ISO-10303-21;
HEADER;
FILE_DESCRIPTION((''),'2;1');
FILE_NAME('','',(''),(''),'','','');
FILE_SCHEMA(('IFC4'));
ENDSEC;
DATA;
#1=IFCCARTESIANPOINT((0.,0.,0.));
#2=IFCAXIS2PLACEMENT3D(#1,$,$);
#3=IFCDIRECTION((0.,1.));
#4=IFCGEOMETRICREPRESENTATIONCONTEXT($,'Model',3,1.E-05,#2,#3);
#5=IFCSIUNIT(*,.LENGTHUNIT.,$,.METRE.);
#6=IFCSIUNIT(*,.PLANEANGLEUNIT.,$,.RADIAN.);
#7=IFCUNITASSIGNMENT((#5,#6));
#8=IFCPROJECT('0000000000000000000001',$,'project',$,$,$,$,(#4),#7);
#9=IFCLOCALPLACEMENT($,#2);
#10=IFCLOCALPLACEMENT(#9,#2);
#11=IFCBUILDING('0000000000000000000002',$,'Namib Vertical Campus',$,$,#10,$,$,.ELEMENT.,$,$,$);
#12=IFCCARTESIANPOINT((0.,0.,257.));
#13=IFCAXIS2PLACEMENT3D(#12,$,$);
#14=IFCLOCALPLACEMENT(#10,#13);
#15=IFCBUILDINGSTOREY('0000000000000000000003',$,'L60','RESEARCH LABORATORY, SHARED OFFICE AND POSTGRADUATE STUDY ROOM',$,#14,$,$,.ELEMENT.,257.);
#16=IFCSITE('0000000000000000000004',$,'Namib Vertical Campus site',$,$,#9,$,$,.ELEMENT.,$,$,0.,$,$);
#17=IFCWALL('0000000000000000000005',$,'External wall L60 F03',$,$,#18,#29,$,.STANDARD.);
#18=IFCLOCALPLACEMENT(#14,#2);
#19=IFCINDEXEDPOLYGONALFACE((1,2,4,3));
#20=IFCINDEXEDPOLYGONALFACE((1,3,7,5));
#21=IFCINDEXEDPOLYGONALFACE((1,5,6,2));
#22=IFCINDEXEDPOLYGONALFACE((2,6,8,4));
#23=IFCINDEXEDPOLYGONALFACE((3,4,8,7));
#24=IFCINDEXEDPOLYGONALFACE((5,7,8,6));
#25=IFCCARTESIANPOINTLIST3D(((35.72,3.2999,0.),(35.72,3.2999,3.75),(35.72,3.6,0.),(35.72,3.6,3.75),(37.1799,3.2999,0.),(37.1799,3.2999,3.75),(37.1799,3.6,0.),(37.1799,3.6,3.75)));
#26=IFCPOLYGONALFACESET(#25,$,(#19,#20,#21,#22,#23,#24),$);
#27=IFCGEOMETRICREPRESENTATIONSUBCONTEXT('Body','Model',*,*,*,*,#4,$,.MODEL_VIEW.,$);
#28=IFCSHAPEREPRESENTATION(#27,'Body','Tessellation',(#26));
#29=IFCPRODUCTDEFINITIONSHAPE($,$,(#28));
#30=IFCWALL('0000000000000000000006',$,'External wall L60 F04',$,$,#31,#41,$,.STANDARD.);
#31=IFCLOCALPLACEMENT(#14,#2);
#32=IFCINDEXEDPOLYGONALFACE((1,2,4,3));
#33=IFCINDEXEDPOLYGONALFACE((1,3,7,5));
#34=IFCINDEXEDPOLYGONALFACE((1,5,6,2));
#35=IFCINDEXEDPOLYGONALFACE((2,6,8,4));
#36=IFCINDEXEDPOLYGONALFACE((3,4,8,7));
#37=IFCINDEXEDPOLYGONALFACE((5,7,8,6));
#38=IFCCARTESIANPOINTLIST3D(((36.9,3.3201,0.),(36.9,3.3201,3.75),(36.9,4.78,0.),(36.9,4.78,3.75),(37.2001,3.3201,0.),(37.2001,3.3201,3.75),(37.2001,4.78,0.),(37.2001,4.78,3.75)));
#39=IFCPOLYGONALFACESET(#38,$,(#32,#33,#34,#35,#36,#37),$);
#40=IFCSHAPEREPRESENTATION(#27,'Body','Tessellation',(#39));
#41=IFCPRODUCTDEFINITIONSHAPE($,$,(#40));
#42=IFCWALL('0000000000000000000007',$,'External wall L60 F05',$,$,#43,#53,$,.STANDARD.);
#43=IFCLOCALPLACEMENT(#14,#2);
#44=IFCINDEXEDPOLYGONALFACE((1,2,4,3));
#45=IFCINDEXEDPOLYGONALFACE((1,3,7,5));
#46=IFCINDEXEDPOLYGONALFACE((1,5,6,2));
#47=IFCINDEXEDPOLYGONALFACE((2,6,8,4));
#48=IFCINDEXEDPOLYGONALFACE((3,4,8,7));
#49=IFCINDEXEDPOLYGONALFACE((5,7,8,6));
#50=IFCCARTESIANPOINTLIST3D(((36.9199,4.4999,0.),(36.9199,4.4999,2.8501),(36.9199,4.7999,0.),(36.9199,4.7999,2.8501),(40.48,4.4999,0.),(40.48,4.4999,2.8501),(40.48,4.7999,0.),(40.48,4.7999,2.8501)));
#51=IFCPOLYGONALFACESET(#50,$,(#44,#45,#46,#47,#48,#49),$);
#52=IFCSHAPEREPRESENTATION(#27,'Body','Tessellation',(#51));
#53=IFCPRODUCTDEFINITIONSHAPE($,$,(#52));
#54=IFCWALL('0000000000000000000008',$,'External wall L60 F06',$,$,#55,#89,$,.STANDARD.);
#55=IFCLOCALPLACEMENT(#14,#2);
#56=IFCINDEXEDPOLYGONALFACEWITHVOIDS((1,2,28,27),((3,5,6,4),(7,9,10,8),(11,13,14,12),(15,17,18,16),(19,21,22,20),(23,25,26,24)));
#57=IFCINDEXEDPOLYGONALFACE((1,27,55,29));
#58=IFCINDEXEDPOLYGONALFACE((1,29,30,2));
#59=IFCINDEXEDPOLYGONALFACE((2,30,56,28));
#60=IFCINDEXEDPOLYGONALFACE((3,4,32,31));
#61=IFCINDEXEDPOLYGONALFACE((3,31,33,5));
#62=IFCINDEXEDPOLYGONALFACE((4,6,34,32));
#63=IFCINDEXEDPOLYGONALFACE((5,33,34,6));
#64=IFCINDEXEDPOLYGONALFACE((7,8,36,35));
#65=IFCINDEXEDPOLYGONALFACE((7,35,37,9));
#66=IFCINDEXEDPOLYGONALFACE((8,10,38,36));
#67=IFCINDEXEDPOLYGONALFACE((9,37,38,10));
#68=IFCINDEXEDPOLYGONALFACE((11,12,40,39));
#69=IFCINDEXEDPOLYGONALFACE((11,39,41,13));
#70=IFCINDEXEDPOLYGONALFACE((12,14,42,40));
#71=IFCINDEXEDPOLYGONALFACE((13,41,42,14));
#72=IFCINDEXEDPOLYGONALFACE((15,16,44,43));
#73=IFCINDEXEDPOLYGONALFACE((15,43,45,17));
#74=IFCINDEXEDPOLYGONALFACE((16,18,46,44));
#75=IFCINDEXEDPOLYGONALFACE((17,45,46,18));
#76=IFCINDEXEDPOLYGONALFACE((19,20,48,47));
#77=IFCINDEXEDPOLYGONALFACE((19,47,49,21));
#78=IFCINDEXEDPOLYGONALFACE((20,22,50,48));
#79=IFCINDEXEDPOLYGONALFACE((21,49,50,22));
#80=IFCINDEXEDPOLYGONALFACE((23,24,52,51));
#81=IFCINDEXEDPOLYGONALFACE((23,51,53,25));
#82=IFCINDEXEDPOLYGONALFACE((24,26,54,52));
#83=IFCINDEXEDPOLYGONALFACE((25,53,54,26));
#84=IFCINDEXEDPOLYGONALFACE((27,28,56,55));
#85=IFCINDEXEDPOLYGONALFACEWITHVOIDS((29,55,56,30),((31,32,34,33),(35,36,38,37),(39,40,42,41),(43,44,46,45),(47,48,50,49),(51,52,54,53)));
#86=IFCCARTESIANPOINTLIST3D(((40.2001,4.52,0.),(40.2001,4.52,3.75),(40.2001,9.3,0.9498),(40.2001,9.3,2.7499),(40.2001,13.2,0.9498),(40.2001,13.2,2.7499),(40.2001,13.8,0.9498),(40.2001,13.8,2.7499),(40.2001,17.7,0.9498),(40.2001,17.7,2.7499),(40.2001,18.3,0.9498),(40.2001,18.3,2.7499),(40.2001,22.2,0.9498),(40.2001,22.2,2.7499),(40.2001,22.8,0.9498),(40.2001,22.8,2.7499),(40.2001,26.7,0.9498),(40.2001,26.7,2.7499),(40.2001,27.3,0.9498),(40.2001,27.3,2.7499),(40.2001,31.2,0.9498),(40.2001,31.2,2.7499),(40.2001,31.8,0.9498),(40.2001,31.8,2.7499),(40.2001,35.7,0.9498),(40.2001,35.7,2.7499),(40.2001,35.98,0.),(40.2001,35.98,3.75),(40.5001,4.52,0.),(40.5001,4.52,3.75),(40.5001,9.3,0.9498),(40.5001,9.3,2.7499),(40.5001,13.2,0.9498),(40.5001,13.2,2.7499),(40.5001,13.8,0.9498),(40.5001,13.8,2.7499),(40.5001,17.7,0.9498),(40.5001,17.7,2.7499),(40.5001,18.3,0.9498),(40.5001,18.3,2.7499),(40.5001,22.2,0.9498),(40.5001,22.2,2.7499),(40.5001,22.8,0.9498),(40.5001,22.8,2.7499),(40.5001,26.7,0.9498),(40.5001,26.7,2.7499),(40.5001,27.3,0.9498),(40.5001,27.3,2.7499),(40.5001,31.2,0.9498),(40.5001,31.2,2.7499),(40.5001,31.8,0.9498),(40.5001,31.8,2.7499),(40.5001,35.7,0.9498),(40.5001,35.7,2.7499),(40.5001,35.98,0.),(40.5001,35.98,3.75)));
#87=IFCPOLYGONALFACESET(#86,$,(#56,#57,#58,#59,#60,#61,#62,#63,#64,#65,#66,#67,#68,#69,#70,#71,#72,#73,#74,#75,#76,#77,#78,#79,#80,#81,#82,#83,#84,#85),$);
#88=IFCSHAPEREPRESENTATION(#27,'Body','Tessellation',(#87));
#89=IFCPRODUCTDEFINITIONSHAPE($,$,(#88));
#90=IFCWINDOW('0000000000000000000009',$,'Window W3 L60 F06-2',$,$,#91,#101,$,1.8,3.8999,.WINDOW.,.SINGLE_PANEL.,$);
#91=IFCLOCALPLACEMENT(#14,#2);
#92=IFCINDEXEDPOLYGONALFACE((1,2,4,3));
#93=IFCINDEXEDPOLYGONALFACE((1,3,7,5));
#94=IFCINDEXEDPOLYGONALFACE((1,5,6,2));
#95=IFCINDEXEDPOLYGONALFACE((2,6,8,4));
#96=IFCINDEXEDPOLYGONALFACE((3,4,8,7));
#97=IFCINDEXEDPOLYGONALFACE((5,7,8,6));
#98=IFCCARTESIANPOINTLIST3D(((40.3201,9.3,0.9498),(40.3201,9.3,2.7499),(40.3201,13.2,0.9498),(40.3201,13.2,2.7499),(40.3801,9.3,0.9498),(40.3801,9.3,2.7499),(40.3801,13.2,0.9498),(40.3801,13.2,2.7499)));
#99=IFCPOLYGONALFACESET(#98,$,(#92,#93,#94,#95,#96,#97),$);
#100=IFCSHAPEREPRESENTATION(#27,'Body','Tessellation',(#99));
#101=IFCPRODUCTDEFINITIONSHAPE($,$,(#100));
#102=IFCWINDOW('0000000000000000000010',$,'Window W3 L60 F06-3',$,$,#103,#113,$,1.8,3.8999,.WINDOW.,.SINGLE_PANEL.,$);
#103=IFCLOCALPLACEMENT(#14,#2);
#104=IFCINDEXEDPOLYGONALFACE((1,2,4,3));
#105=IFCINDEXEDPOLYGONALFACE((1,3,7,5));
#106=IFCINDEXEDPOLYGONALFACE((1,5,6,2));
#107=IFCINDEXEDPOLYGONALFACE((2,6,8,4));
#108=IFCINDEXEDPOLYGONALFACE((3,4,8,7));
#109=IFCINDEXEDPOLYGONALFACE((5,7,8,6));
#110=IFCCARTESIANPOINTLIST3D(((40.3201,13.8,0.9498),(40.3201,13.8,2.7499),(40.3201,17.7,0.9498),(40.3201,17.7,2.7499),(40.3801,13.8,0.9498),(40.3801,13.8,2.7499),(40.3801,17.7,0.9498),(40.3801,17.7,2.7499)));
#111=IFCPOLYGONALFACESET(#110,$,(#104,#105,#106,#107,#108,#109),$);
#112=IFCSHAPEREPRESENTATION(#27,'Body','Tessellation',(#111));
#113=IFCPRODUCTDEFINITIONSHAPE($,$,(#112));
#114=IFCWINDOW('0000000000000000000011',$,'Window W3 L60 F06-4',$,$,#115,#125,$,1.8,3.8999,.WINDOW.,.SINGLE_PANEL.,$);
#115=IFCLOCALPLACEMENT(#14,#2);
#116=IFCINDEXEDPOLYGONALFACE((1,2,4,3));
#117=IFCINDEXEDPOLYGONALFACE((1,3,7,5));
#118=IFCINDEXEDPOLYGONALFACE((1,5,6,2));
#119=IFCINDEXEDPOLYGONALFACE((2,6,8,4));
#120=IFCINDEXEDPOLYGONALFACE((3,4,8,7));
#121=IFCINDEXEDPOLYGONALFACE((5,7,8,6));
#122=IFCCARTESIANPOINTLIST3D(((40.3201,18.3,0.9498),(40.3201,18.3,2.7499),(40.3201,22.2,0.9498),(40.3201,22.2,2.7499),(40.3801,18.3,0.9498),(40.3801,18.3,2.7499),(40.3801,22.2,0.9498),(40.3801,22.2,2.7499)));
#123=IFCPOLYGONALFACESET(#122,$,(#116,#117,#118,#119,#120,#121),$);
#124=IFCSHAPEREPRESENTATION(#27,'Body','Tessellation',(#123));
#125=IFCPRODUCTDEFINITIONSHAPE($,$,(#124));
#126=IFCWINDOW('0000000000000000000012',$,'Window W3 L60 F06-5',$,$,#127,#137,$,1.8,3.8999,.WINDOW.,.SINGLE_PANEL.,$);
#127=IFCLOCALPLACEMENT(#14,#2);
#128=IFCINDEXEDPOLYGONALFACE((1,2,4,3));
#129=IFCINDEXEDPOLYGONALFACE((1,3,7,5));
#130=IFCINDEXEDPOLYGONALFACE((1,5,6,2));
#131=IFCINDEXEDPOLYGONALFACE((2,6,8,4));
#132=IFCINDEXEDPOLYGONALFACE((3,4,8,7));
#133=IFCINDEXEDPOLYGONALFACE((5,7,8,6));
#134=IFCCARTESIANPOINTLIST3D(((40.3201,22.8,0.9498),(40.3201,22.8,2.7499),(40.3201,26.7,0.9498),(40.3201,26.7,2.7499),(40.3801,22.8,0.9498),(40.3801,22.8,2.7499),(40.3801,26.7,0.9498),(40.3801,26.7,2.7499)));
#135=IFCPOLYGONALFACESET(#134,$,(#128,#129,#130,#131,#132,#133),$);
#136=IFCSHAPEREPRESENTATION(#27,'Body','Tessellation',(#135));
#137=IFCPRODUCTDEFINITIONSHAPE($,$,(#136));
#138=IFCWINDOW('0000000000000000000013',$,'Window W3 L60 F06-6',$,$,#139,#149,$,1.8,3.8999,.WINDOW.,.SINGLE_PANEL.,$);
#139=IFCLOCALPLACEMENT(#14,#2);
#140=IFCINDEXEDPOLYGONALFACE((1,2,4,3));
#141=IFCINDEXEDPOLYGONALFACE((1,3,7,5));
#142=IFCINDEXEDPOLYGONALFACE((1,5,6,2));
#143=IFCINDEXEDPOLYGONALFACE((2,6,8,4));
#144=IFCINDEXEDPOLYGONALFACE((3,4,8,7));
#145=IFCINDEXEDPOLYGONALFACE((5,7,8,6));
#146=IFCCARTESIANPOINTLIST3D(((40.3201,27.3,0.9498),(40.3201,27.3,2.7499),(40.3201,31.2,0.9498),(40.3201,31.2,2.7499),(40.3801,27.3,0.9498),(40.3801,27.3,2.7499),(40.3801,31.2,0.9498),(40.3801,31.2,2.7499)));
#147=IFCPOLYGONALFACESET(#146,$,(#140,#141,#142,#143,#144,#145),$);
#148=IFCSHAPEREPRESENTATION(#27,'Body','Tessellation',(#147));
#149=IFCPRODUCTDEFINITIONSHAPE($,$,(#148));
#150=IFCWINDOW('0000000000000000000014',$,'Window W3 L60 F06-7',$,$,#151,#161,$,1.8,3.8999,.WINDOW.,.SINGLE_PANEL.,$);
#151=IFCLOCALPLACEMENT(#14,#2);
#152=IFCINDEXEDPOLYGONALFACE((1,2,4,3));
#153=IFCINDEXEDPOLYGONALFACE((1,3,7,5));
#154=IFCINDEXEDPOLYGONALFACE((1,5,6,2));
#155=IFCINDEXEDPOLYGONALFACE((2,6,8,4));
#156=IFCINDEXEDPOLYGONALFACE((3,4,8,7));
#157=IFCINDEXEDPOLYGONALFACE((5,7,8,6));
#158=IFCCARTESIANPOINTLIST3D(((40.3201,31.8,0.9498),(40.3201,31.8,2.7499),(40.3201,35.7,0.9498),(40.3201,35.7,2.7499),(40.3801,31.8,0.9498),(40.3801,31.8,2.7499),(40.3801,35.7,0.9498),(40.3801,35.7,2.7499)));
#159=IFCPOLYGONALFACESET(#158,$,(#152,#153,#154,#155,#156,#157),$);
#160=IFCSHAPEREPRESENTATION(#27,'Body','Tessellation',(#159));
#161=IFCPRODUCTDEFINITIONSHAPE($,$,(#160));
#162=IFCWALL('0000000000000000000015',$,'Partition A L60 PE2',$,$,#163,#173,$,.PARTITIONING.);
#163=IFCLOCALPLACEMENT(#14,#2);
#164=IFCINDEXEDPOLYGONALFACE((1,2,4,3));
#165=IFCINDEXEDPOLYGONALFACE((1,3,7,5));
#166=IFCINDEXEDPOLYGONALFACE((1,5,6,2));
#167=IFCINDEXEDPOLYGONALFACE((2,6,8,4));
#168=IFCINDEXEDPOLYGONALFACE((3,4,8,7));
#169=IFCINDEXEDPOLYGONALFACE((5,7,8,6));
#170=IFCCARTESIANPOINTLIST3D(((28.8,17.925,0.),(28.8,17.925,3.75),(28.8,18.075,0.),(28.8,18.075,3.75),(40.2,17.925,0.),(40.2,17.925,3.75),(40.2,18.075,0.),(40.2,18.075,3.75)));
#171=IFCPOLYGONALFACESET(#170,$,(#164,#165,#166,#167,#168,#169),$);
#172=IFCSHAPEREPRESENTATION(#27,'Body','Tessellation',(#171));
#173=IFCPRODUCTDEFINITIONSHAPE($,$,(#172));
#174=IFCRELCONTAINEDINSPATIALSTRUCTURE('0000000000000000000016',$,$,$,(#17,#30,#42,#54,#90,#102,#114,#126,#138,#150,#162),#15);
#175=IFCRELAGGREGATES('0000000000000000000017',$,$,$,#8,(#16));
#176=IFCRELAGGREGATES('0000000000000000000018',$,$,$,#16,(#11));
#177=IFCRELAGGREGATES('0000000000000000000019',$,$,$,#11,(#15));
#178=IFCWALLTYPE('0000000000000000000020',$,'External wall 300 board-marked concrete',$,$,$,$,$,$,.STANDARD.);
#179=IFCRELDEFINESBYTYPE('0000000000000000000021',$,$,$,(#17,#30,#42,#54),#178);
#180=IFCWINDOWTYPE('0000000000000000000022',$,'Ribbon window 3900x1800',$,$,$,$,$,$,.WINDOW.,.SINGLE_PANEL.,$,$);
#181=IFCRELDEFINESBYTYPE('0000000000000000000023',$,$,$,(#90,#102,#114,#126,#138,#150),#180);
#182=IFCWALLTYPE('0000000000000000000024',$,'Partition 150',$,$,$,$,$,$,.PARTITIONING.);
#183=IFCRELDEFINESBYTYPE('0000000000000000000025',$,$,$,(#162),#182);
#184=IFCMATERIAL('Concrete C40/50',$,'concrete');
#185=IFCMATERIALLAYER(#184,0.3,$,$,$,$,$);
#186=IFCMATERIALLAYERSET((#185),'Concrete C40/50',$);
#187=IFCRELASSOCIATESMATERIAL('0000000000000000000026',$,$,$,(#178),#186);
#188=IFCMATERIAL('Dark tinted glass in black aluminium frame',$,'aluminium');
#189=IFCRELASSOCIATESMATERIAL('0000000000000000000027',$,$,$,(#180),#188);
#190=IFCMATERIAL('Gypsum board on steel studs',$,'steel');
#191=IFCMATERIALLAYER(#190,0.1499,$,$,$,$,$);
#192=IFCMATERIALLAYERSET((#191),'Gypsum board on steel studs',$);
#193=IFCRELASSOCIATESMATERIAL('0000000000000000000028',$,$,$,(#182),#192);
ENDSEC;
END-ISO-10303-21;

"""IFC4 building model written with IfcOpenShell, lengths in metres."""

from ifc_helpers import new_model, si_unit, direction, frame, frame_2d, origin, place, context, subcontext, project, spatial, rectangle, extrude, material, layer, layer_set, type_object, element, fill, save


model = new_model("IFC4")

# Units and contexts
model_context = context("Model", 3, precision=1e-05, world=origin(), true_north=direction((0.0, 1.0)))
body_context = subcontext(model_context, "Body", "Model", "MODEL_VIEW")
ifc_project = project(units=[si_unit("LENGTHUNIT", "METRE"), si_unit("PLANEANGLEUNIT", "RADIAN")], contexts=[model_context])

# Site, building, storey
site_placement = place(None, origin())
site = spatial("IfcSite", under=ifc_project, at=site_placement, Name="Namib Vertical Campus site", CompositionType="ELEMENT", RefElevation=0.0)
building_placement = place(site_placement, origin())
building = spatial("IfcBuilding", under=site, at=building_placement, Name="Namib Vertical Campus", CompositionType="ELEMENT")
storey_placement = place(building_placement, frame((0.0, 0.0, 257.0)))
storey = spatial("IfcBuildingStorey", under=building, at=storey_placement, Name="L60", Description="RESEARCH LABORATORY, SHARED OFFICE AND POSTGRADUATE STUDY ROOM", CompositionType="ELEMENT", Elevation=257.0)

# Walls
ifc_material_1 = material(Name="Concrete C40/50", Category="concrete")
ifc_layer_1 = layer(ifc_material_1, 0.3)
ifc_layer_set_1 = layer_set([ifc_layer_1], Name="Concrete C40/50")
wall_type_1 = type_object("IfcWallType", Name="External wall 300 board-marked concrete", PredefinedType="STANDARD", material=ifc_layer_set_1)
for number, where, z_axis, x_axis, name in (
    (1, (35.72, 3.45, 0.0), (0.0, 0.0, 1.0), (1.0, 0.0, 0.0), "External wall L60 F03"),
    (2, (37.05, 3.3201, 0.0), (0.0, 0.0, 1.0), (0.0, 1.0, 0.0), "External wall L60 F04"),
):
    element("IfcWall", number, at=place(storey_placement, frame(where, z_axis=z_axis, x_axis=x_axis)), inside=storey, type_object=wall_type_1, Name=name, PredefinedType="STANDARD", context=body_context, shape_type="SweptSolid", body=[
        extrude(rectangle(XDim=1.46, YDim=0.3, at=frame_2d((0.73, 0.0))), origin(), (0.0, 0.0, 1.0), 3.75),
    ])
wall_1_placement = place(storey_placement, frame((36.9199, 4.6499, 0.0), z_axis=(0.0, 0.0, 1.0), x_axis=(1.0, 0.0, 0.0)))
element("IfcWall", 3, at=wall_1_placement, inside=storey, type_object=wall_type_1, Name="External wall L60 F05", PredefinedType="STANDARD", context=body_context, shape_type="SweptSolid", body=[
    extrude(rectangle(XDim=3.5601, YDim=0.3, at=frame_2d((1.78, 0.0))), origin(), (0.0, 0.0, 1.0), 2.8501),
])

# Wall, openings, windows
wall_2_placement = place(storey_placement, frame((40.3501, 4.52, 0.0), z_axis=(0.0, 0.0, 1.0), x_axis=(0.0, 1.0, 0.0)))
wall_2 = element("IfcWall", 4, at=wall_2_placement, inside=storey, type_object=wall_type_1, Name="External wall L60 F06", PredefinedType="STANDARD", context=body_context, shape_type="SweptSolid", body=[
    extrude(rectangle(XDim=31.46, YDim=0.3, at=frame_2d((15.73, 0.0))), origin(), (0.0, 0.0, 1.0), 3.75),
])
opening_1_placement = place(wall_2_placement, frame((4.78, 0.0, 0.95)))
opening_1 = element("IfcOpeningElement", 5, at=opening_1_placement, cuts=wall_2, PredefinedType="OPENING", context=body_context, shape_type="SweptSolid", body=[
    extrude(rectangle(XDim=3.8999, YDim=1.8, at=frame_2d((1.95, 0.8999))), frame((0.0, 0.1599, 0.0), z_axis=(0.0, -1.0, 0.0), x_axis=(1.0, 0.0, 0.0)), (0.0, 0.0, 1.0), 0.3201),
])
opening_2_placement = place(wall_2_placement, frame((9.28, 0.0, 0.95)))
opening_2 = element("IfcOpeningElement", 6, at=opening_2_placement, cuts=wall_2, PredefinedType="OPENING", context=body_context, shape_type="SweptSolid", body=[
    extrude(rectangle(XDim=3.8999, YDim=1.8, at=frame_2d((1.95, 0.8999))), frame((0.0, 0.1599, 0.0), z_axis=(0.0, -1.0, 0.0), x_axis=(1.0, 0.0, 0.0)), (0.0, 0.0, 1.0), 0.3201),
])
opening_3_placement = place(wall_2_placement, frame((13.78, 0.0, 0.95)))
opening_3 = element("IfcOpeningElement", 7, at=opening_3_placement, cuts=wall_2, PredefinedType="OPENING", context=body_context, shape_type="SweptSolid", body=[
    extrude(rectangle(XDim=3.8999, YDim=1.8, at=frame_2d((1.95, 0.8999))), frame((0.0, 0.1599, 0.0), z_axis=(0.0, -1.0, 0.0), x_axis=(1.0, 0.0, 0.0)), (0.0, 0.0, 1.0), 0.3201),
])
opening_4_placement = place(wall_2_placement, frame((18.28, 0.0, 0.95)))
opening_4 = element("IfcOpeningElement", 8, at=opening_4_placement, cuts=wall_2, PredefinedType="OPENING", context=body_context, shape_type="SweptSolid", body=[
    extrude(rectangle(XDim=3.8999, YDim=1.8, at=frame_2d((1.95, 0.8999))), frame((0.0, 0.1599, 0.0), z_axis=(0.0, -1.0, 0.0), x_axis=(1.0, 0.0, 0.0)), (0.0, 0.0, 1.0), 0.3201),
])
opening_5_placement = place(wall_2_placement, frame((22.78, 0.0, 0.95)))
opening_5 = element("IfcOpeningElement", 9, at=opening_5_placement, cuts=wall_2, PredefinedType="OPENING", context=body_context, shape_type="SweptSolid", body=[
    extrude(rectangle(XDim=3.8999, YDim=1.8, at=frame_2d((1.95, 0.8999))), frame((0.0, 0.1599, 0.0), z_axis=(0.0, -1.0, 0.0), x_axis=(1.0, 0.0, 0.0)), (0.0, 0.0, 1.0), 0.3201),
])
opening_6_placement = place(wall_2_placement, frame((27.28, 0.0, 0.95)))
opening_6 = element("IfcOpeningElement", 10, at=opening_6_placement, cuts=wall_2, PredefinedType="OPENING", context=body_context, shape_type="SweptSolid", body=[
    extrude(rectangle(XDim=3.8999, YDim=1.8, at=frame_2d((1.95, 0.8999))), frame((0.0, 0.1599, 0.0), z_axis=(0.0, -1.0, 0.0), x_axis=(1.0, 0.0, 0.0)), (0.0, 0.0, 1.0), 0.3201),
])
ifc_material_2 = material(Name="Dark tinted glass in black aluminium frame", Category="aluminium")
window_type = type_object("IfcWindowType", Name="Ribbon window 3900x1800", PartitioningType="SINGLE_PANEL", PredefinedType="WINDOW", material=ifc_material_2)
window_1_placement = place(opening_1_placement, origin())
window_1 = element("IfcWindow", 11, at=window_1_placement, inside=storey, type_object=window_type, Name="Window W3 L60 F06-2", OverallHeight=1.8, OverallWidth=3.8999, PartitioningType="SINGLE_PANEL", PredefinedType="WINDOW", context=body_context, shape_type="SweptSolid", body=[
    extrude(rectangle(XDim=3.8999, YDim=1.8, at=frame_2d((1.95, 0.8999))), frame((0.0, 0.03, 0.0), z_axis=(0.0, -1.0, 0.0), x_axis=(1.0, 0.0, 0.0)), (0.0, 0.0, 1.0), 0.0601),
])
fill(opening_1, window_1)
window_2_placement = place(opening_2_placement, origin())
window_2 = element("IfcWindow", 12, at=window_2_placement, inside=storey, type_object=window_type, Name="Window W3 L60 F06-3", OverallHeight=1.8, OverallWidth=3.8999, PartitioningType="SINGLE_PANEL", PredefinedType="WINDOW", context=body_context, shape_type="SweptSolid", body=[
    extrude(rectangle(XDim=3.8999, YDim=1.8, at=frame_2d((1.95, 0.8999))), frame((0.0, 0.03, 0.0), z_axis=(0.0, -1.0, 0.0), x_axis=(1.0, 0.0, 0.0)), (0.0, 0.0, 1.0), 0.0601),
])
fill(opening_2, window_2)
window_3_placement = place(opening_3_placement, origin())
window_3 = element("IfcWindow", 13, at=window_3_placement, inside=storey, type_object=window_type, Name="Window W3 L60 F06-4", OverallHeight=1.8, OverallWidth=3.8999, PartitioningType="SINGLE_PANEL", PredefinedType="WINDOW", context=body_context, shape_type="SweptSolid", body=[
    extrude(rectangle(XDim=3.8999, YDim=1.8, at=frame_2d((1.95, 0.8999))), frame((0.0, 0.03, 0.0), z_axis=(0.0, -1.0, 0.0), x_axis=(1.0, 0.0, 0.0)), (0.0, 0.0, 1.0), 0.0601),
])
fill(opening_3, window_3)
window_4_placement = place(opening_4_placement, origin())
window_4 = element("IfcWindow", 14, at=window_4_placement, inside=storey, type_object=window_type, Name="Window W3 L60 F06-5", OverallHeight=1.8, OverallWidth=3.8999, PartitioningType="SINGLE_PANEL", PredefinedType="WINDOW", context=body_context, shape_type="SweptSolid", body=[
    extrude(rectangle(XDim=3.8999, YDim=1.8, at=frame_2d((1.95, 0.8999))), frame((0.0, 0.03, 0.0), z_axis=(0.0, -1.0, 0.0), x_axis=(1.0, 0.0, 0.0)), (0.0, 0.0, 1.0), 0.0601),
])
fill(opening_4, window_4)
window_5_placement = place(opening_5_placement, origin())
window_5 = element("IfcWindow", 15, at=window_5_placement, inside=storey, type_object=window_type, Name="Window W3 L60 F06-6", OverallHeight=1.8, OverallWidth=3.8999, PartitioningType="SINGLE_PANEL", PredefinedType="WINDOW", context=body_context, shape_type="SweptSolid", body=[
    extrude(rectangle(XDim=3.8999, YDim=1.8, at=frame_2d((1.95, 0.8999))), frame((0.0, 0.03, 0.0), z_axis=(0.0, -1.0, 0.0), x_axis=(1.0, 0.0, 0.0)), (0.0, 0.0, 1.0), 0.0601),
])
fill(opening_5, window_5)
window_6_placement = place(opening_6_placement, origin())
window_6 = element("IfcWindow", 16, at=window_6_placement, inside=storey, type_object=window_type, Name="Window W3 L60 F06-7", OverallHeight=1.8, OverallWidth=3.8999, PartitioningType="SINGLE_PANEL", PredefinedType="WINDOW", context=body_context, shape_type="SweptSolid", body=[
    extrude(rectangle(XDim=3.8999, YDim=1.8, at=frame_2d((1.95, 0.8999))), frame((0.0, 0.03, 0.0), z_axis=(0.0, -1.0, 0.0), x_axis=(1.0, 0.0, 0.0)), (0.0, 0.0, 1.0), 0.0601),
])
fill(opening_6, window_6)

# Wall
ifc_material_3 = material(Name="Gypsum board on steel studs", Category="steel")
ifc_layer_2 = layer(ifc_material_3, 0.1499)
ifc_layer_set_2 = layer_set([ifc_layer_2], Name="Gypsum board on steel studs")
wall_type_2 = type_object("IfcWallType", Name="Partition 150", PredefinedType="PARTITIONING", material=ifc_layer_set_2)
wall_3_placement = place(storey_placement, frame((28.8, 18.0, 0.0), z_axis=(0.0, 0.0, 1.0), x_axis=(1.0, 0.0, 0.0)))
element("IfcWall", 17, at=wall_3_placement, inside=storey, type_object=wall_type_2, Name="Partition A L60 PE2", PredefinedType="PARTITIONING", context=body_context, shape_type="SweptSolid", body=[
    extrude(rectangle(XDim=11.3999, YDim=0.1499, at=frame_2d((5.7, 0.0))), origin(), (0.0, 0.0, 1.0), 3.75),
])

save(model, "model.ifc")
